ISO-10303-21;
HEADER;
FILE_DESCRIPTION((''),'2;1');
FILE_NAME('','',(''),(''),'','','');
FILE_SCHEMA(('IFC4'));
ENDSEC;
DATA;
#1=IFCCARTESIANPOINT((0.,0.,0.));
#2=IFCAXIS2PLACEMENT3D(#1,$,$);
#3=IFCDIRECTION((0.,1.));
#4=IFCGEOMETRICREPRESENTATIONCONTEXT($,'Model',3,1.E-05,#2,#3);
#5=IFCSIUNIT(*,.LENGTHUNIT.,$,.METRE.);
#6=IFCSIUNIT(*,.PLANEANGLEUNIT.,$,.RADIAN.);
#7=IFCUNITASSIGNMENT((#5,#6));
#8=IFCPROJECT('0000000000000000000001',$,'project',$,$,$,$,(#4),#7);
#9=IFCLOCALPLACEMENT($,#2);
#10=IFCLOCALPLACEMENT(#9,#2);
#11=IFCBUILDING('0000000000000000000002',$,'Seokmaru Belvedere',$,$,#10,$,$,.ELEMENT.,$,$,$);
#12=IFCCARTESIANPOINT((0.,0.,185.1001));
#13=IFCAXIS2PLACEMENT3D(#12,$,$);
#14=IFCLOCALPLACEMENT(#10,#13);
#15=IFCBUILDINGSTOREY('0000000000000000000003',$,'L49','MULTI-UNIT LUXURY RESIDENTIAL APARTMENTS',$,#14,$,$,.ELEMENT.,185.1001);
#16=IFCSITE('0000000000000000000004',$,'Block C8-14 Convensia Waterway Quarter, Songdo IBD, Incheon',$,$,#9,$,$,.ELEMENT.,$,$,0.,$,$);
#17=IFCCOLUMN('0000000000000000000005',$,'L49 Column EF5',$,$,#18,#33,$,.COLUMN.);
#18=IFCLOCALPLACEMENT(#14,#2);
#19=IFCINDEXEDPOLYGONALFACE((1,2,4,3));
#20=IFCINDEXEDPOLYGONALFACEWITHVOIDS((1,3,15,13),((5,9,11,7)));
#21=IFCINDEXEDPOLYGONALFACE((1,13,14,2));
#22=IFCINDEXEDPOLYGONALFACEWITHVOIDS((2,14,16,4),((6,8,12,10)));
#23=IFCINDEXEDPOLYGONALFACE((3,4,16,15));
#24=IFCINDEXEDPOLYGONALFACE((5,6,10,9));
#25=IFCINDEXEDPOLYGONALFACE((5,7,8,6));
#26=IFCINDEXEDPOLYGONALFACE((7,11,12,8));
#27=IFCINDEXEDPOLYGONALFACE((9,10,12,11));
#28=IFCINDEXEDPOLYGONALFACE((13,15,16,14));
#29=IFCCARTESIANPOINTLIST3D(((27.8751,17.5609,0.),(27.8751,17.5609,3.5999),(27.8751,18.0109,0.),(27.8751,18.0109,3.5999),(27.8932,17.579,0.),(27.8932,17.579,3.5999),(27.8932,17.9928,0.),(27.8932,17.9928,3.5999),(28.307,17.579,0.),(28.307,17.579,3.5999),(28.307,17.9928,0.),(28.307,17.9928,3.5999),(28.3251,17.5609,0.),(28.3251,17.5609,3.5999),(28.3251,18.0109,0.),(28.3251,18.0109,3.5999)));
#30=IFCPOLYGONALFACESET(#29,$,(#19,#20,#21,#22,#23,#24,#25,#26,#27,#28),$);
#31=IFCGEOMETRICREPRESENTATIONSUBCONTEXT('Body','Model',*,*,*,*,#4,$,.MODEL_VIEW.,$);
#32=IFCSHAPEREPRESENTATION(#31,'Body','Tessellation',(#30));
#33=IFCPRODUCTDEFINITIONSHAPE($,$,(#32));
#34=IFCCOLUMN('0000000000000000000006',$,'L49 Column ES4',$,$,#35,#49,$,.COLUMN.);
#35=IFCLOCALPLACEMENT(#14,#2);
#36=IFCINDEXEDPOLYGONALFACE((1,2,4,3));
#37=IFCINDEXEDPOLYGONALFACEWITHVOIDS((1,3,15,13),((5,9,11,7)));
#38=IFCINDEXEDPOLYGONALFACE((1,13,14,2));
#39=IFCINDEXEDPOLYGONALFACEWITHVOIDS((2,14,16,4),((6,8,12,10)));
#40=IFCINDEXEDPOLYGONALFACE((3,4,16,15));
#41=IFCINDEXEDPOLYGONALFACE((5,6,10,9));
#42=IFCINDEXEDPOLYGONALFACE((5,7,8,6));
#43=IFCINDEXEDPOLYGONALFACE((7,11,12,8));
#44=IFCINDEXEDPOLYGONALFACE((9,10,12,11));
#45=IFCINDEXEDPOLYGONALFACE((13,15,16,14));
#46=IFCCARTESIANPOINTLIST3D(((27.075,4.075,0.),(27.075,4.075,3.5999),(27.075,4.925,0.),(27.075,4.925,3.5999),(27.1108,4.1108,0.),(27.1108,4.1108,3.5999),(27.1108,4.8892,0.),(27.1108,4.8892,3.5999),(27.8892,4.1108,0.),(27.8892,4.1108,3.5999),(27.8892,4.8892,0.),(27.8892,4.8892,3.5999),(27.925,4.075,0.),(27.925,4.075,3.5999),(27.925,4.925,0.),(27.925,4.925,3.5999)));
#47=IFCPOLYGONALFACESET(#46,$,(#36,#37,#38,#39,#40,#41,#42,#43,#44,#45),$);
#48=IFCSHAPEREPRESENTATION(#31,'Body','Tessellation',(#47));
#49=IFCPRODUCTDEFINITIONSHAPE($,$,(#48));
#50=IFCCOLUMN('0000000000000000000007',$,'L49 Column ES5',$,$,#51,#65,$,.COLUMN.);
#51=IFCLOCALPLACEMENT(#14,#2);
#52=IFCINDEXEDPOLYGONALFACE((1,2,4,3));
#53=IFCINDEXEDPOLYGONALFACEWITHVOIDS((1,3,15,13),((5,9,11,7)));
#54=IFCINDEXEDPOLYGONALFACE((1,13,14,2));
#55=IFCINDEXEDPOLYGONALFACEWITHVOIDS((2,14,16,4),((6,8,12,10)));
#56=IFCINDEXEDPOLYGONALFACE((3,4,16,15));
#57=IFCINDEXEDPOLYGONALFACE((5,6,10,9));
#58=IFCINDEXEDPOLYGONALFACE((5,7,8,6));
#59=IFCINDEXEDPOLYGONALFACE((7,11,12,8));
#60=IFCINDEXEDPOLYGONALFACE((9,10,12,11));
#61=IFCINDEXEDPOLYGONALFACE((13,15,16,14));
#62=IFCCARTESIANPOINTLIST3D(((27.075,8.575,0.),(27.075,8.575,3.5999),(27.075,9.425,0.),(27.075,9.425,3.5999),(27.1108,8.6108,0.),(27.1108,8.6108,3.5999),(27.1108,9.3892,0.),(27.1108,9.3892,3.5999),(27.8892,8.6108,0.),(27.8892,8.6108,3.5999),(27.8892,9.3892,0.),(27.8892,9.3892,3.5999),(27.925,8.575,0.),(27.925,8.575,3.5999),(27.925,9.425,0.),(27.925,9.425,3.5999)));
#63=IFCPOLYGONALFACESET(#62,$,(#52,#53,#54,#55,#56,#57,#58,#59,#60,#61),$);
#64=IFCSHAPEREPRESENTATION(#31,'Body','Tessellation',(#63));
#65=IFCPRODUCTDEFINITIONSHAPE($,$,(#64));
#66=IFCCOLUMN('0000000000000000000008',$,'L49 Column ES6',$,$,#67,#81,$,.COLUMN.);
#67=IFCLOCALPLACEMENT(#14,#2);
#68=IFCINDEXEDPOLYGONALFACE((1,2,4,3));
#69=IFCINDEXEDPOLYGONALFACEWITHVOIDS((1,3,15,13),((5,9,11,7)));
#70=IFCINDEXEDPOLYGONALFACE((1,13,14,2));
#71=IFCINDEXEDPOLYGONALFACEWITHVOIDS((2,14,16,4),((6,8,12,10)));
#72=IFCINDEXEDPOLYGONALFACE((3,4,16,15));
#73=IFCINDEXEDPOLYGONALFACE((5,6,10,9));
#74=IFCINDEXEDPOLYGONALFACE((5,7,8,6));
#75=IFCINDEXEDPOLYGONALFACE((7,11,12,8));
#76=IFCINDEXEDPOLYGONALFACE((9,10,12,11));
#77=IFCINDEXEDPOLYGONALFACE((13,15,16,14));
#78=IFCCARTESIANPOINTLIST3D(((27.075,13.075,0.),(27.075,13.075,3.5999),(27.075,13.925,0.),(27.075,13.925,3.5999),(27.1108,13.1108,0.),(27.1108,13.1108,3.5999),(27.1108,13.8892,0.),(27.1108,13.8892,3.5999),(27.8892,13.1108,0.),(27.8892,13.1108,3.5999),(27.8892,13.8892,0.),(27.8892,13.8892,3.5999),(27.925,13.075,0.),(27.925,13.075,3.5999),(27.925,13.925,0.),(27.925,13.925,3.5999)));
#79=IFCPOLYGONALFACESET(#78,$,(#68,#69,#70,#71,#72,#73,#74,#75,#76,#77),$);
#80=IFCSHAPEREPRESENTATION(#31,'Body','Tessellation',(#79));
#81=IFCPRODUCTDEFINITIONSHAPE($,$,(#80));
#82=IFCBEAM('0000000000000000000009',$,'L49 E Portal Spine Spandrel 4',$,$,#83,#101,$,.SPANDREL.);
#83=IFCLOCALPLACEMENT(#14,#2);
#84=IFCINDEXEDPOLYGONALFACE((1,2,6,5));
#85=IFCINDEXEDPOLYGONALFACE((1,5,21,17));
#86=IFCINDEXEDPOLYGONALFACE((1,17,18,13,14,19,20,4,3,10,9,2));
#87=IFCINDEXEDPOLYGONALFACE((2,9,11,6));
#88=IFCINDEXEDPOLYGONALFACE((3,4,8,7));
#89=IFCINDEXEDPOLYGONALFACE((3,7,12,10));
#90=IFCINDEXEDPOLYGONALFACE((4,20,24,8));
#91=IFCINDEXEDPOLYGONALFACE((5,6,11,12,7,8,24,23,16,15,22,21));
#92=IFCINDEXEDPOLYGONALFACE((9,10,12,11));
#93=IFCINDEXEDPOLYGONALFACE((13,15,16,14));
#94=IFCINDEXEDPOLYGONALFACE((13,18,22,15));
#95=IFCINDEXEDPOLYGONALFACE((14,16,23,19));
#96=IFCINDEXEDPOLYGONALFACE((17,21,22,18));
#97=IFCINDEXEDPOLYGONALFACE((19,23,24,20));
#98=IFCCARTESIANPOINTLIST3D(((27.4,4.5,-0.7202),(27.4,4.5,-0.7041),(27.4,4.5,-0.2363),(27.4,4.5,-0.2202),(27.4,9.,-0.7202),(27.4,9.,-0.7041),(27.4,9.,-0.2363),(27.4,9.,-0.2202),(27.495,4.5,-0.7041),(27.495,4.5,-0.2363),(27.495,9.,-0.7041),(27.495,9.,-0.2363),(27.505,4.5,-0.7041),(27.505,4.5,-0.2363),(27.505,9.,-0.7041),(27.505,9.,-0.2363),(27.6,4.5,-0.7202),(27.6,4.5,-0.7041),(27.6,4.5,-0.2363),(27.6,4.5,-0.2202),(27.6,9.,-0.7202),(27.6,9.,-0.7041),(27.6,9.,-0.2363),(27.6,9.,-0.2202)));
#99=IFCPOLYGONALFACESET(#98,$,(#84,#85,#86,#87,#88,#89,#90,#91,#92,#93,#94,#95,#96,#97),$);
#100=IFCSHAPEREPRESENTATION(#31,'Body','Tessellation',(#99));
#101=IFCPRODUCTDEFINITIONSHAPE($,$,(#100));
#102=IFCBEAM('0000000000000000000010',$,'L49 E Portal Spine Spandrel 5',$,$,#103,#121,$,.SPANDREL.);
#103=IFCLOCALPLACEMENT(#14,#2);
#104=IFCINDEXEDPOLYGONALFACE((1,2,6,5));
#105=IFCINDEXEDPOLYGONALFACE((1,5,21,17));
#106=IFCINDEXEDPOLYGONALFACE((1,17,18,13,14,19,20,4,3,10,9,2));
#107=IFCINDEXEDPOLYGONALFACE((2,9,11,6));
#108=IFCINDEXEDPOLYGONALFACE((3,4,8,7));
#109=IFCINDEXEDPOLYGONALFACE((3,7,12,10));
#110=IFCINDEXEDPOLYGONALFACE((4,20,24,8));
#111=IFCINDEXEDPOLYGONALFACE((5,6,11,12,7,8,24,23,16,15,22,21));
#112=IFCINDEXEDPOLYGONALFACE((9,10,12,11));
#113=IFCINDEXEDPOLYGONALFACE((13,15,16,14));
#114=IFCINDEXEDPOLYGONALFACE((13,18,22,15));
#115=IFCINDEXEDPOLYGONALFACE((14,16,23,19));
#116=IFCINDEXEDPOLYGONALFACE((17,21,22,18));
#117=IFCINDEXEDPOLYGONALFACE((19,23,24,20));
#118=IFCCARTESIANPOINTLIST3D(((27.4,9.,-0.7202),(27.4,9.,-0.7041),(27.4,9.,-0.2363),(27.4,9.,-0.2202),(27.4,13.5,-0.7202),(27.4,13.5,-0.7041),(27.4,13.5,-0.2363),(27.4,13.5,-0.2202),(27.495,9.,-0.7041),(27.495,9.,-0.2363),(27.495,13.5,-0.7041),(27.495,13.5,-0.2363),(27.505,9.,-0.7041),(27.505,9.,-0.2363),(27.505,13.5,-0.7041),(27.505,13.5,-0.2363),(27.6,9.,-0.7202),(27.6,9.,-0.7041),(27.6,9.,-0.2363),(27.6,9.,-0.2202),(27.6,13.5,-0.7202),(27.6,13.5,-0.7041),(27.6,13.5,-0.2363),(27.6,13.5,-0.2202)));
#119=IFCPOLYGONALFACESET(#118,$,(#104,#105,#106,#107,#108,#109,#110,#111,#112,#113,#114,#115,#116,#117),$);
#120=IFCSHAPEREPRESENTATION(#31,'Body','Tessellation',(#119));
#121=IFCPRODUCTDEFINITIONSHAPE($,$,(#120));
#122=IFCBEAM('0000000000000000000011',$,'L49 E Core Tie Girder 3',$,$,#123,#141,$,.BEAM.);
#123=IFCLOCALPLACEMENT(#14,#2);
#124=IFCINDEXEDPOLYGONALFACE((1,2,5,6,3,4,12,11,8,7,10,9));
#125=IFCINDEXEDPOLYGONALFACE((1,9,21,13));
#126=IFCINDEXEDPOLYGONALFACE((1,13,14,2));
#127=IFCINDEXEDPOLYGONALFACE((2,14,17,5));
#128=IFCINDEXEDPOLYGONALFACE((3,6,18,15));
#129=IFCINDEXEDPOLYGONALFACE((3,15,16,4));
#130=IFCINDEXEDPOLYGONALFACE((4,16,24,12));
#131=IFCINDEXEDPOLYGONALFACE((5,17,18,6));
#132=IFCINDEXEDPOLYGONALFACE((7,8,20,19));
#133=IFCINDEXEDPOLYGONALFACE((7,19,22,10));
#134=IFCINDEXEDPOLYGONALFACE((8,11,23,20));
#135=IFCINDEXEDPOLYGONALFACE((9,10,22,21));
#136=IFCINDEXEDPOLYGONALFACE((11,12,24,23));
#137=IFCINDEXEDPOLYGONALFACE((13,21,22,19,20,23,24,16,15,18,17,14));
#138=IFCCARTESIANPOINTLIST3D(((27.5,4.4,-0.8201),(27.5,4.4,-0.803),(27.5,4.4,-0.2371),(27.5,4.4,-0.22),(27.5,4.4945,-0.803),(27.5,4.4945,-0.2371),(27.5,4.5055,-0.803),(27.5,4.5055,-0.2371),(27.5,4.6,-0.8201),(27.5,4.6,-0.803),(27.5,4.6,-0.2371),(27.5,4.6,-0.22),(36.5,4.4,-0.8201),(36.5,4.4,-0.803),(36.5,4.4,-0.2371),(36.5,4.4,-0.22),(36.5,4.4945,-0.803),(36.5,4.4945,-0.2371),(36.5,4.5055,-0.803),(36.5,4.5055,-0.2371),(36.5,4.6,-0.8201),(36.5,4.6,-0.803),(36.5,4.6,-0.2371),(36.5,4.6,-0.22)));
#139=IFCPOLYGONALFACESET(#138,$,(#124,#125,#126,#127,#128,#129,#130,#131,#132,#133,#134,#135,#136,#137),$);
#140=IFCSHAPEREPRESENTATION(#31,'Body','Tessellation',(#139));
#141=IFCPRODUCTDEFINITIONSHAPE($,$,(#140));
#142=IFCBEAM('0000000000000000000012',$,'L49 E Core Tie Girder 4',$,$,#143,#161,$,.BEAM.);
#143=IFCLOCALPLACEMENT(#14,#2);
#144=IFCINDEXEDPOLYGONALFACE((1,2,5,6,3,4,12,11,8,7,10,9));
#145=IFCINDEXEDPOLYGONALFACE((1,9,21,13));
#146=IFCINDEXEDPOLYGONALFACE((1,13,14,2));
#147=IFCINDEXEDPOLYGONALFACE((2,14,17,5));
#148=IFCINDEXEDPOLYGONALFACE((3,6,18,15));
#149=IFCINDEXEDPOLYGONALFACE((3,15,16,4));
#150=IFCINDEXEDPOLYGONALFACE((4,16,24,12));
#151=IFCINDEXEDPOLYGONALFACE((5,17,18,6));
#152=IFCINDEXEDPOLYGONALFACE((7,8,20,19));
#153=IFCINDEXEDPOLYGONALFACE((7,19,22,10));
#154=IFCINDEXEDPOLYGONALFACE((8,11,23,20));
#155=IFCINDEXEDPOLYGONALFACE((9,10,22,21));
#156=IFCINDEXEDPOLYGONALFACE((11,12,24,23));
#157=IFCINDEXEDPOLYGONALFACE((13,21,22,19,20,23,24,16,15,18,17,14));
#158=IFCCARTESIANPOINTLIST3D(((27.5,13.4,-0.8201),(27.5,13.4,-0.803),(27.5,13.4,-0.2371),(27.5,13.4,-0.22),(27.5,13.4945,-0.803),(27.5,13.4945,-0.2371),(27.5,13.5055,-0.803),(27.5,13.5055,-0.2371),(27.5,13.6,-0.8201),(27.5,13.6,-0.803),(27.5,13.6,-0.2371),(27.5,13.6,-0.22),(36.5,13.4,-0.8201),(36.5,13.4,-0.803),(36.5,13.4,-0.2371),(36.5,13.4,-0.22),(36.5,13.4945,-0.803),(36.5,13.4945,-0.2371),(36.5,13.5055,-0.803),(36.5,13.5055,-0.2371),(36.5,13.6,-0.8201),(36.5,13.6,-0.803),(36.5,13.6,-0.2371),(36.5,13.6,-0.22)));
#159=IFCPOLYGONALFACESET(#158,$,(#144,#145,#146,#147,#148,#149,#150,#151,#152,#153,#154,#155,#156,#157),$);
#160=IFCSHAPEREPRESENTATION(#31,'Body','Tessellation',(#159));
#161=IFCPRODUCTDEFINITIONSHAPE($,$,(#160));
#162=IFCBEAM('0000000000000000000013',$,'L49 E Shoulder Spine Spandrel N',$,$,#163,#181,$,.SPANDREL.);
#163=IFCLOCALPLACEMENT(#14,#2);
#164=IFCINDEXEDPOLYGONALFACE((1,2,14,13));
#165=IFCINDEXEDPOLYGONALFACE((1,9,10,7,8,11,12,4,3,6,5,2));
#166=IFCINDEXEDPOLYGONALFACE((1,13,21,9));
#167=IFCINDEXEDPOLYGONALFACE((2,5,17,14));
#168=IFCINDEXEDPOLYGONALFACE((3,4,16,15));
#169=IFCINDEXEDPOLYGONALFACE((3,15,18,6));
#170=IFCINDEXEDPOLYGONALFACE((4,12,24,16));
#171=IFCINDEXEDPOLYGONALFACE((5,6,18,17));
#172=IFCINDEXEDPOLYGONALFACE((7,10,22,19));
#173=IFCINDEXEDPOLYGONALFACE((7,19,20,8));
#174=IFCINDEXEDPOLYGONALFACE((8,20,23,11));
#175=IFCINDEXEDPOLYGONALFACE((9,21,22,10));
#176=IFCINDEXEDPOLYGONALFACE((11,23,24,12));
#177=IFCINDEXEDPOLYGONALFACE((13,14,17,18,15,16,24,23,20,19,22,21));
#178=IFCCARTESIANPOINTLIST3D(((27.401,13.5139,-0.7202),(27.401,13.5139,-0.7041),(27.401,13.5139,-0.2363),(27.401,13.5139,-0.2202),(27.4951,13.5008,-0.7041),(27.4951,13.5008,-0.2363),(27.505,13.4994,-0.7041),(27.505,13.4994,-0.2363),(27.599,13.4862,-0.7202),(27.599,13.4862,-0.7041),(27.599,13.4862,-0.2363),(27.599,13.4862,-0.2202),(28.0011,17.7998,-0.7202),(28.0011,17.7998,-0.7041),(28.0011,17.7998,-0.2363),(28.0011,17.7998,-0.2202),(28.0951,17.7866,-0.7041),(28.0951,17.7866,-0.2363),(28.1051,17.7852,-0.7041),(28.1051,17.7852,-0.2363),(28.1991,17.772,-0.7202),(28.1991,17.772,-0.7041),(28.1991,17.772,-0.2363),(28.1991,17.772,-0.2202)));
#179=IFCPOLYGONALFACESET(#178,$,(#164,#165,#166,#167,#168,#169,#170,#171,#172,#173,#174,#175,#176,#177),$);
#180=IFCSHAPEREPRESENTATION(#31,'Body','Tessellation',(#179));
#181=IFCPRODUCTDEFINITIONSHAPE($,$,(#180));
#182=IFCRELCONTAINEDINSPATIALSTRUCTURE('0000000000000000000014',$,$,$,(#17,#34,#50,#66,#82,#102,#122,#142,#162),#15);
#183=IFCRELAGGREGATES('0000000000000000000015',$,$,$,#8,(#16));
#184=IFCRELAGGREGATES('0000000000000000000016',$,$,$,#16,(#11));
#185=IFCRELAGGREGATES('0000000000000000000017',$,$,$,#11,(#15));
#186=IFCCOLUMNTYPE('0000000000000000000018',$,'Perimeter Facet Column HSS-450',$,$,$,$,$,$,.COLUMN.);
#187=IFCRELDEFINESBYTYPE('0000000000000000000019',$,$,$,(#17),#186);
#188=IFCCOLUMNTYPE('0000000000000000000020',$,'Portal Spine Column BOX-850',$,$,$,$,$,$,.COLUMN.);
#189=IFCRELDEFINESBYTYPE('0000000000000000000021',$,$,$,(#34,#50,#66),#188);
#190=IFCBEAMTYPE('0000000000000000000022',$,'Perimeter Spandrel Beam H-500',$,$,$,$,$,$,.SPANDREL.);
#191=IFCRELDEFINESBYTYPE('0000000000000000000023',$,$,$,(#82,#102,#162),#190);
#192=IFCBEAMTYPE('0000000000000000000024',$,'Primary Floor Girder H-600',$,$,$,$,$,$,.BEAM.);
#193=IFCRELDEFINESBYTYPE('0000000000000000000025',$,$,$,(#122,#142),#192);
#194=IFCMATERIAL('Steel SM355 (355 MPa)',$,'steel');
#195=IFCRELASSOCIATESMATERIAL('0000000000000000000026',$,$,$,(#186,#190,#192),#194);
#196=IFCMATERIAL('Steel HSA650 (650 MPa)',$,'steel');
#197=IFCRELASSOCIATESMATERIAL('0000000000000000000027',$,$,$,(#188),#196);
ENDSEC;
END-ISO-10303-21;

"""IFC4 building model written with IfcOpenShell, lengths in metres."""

from ifc_helpers import new_model, si_unit, direction, frame, origin, origin_2d, place, context, subcontext, project, spatial, hollow_rectangle, i_section, extrude, source, transform, mapped, material, material_profile, profile_set, type_object, type_shapes, element, save


model = new_model("IFC4")

# Units and contexts
model_context = context("Model", 3, precision=1e-05, world=origin(), true_north=direction((0.0, 1.0)))
body_context = subcontext(model_context, "Body", "Model", "MODEL_VIEW")
ifc_project = project(units=[si_unit("LENGTHUNIT", "METRE"), si_unit("PLANEANGLEUNIT", "RADIAN")], contexts=[model_context])

# Site, building, storey
site_placement = place(None, origin())
site = spatial("IfcSite", under=ifc_project, at=site_placement, Name="Block C8-14 Convensia Waterway Quarter, Songdo IBD, Incheon", CompositionType="ELEMENT", RefElevation=0.0)
building_placement = place(site_placement, origin())
building = spatial("IfcBuilding", under=site, at=building_placement, Name="Seokmaru Belvedere", CompositionType="ELEMENT")
storey_placement = place(building_placement, frame((0.0, 0.0, 185.1001)))
storey = spatial("IfcBuildingStorey", under=building, at=storey_placement, Name="L49", Description="MULTI-UNIT LUXURY RESIDENTIAL APARTMENTS", CompositionType="ELEMENT", Elevation=185.1001)

# Columns
ifc_material_1 = material(Name="Steel SM355 (355 MPa)", Category="steel")
ifc_material_profile_1 = material_profile(ifc_material_1, hollow_rectangle(XDim=0.45, YDim=0.45, WallThickness=0.0181, at=origin_2d()), Name="HSS-450x450x18")
ifc_profile_set_1 = profile_set([ifc_material_profile_1], Name="Steel SM355 (355 MPa)")
column_type_1 = type_object("IfcColumnType", Name="Perimeter Facet Column HSS-450", PredefinedType="COLUMN", material=ifc_profile_set_1)
shared_shape_1 = source(origin(), body_context, "Body", "SweptSolid", [
    extrude(hollow_rectangle(XDim=0.45, YDim=0.45, WallThickness=0.0181, at=origin_2d()), origin(), (0.0, 0.0, 1.0), 3.5999),
])
type_shapes(column_type_1, [shared_shape_1])
column_placement = place(storey_placement, frame((28.1001, 17.7859, 0.0), z_axis=(0.0, 0.0, 1.0), x_axis=(1.0, 0.0, 0.0)))
element("IfcColumn", 1, at=column_placement, inside=storey, type_object=column_type_1, Name="L49 Column EF5", PredefinedType="COLUMN", context=body_context, shape_type="MappedRepresentation", body=[
    mapped(shared_shape_1, transform((0.0, 0.0, 0.0), scale=1.0)),
])
ifc_material_2 = material(Name="Steel HSA650 (650 MPa)", Category="steel")
ifc_material_profile_2 = material_profile(ifc_material_2, hollow_rectangle(XDim=0.8501, YDim=0.8501, WallThickness=0.0359, at=origin_2d()), Name="BOX-850x850x36")
ifc_profile_set_2 = profile_set([ifc_material_profile_2], Name="Steel HSA650 (650 MPa)")
column_type_2 = type_object("IfcColumnType", Name="Portal Spine Column BOX-850", PredefinedType="COLUMN", material=ifc_profile_set_2)
shared_shape_2 = source(origin(), body_context, "Body", "SweptSolid", [
    extrude(hollow_rectangle(XDim=0.8501, YDim=0.8501, WallThickness=0.0359, at=origin_2d()), origin(), (0.0, 0.0, 1.0), 3.5999),
])
type_shapes(column_type_2, [shared_shape_2])
for number, where, z_axis, x_axis, name in (
    (2, (27.5, 4.5, 0.0), (0.0, 0.0, 1.0), (1.0, 0.0, 0.0), "L49 Column ES4"),
    (3, (27.5, 9.0, 0.0), (0.0, 0.0, 1.0), (1.0, 0.0, 0.0), "L49 Column ES5"),
    (4, (27.5, 13.5, 0.0), (0.0, 0.0, 1.0), (1.0, 0.0, 0.0), "L49 Column ES6"),
):
    element("IfcColumn", number, at=place(storey_placement, frame(where, z_axis=z_axis, x_axis=x_axis)), inside=storey, type_object=column_type_2, Name=name, PredefinedType="COLUMN", context=body_context, shape_type="MappedRepresentation", body=[
        mapped(shared_shape_2, transform((0.0, 0.0, 0.0), scale=1.0)),
    ])

# Beams
ifc_material_profile_3 = material_profile(ifc_material_1, i_section(OverallWidth=0.2, OverallDepth=0.5, WebThickness=0.01, FlangeThickness=0.0161, at=origin_2d()), Name="H-500x200x10x16")
ifc_profile_set_3 = profile_set([ifc_material_profile_3], Name="Steel SM355 (355 MPa)")
beam_type_1 = type_object("IfcBeamType", Name="Perimeter Spandrel Beam H-500", PredefinedType="SPANDREL", material=ifc_profile_set_3)
shared_shape_3 = source(origin(), body_context, "Body", "SweptSolid", [
    extrude(i_section(OverallWidth=0.2, OverallDepth=0.5, WebThickness=0.01, FlangeThickness=0.0161, at=origin_2d()), origin(), (0.0, 0.0, 1.0), 4.5),
])
for number, where, z_axis, x_axis, name in (
    (5, (27.5, 4.5, -0.4702), (0.0, 1.0, 0.0), (-1.0, 0.0, 0.0), "L49 E Portal Spine Spandrel 4"),
    (6, (27.5, 9.0, -0.4702), (0.0, 1.0, 0.0), (-1.0, 0.0, 0.0), "L49 E Portal Spine Spandrel 5"),
):
    element("IfcBeam", number, at=place(storey_placement, frame(where, z_axis=z_axis, x_axis=x_axis)), inside=storey, type_object=beam_type_1, Name=name, PredefinedType="SPANDREL", context=body_context, shape_type="MappedRepresentation", body=[
        mapped(shared_shape_3, transform((0.0, 0.0, 0.0), scale=1.0)),
    ])
ifc_material_profile_4 = material_profile(ifc_material_1, i_section(OverallWidth=0.2, OverallDepth=0.6001, WebThickness=0.011, FlangeThickness=0.0171, at=origin_2d()), Name="H-600x200x11x17")
ifc_profile_set_4 = profile_set([ifc_material_profile_4], Name="Steel SM355 (355 MPa)")
beam_type_2 = type_object("IfcBeamType", Name="Primary Floor Girder H-600", PredefinedType="BEAM", material=ifc_profile_set_4)
shared_shape_4 = source(origin(), body_context, "Body", "SweptSolid", [
    extrude(i_section(OverallWidth=0.2, OverallDepth=0.6001, WebThickness=0.011, FlangeThickness=0.0171, at=origin_2d()), origin(), (0.0, 0.0, 1.0), 9.0),
])
type_shapes(beam_type_2, [shared_shape_4])
for number, where, z_axis, x_axis, name in (
    (7, (27.5, 4.5, -0.52), (1.0, 0.0, 0.0), (0.0, 1.0, 0.0), "L49 E Core Tie Girder 3"),
    (8, (27.5, 13.5, -0.52), (1.0, 0.0, 0.0), (0.0, 1.0, 0.0), "L49 E Core Tie Girder 4"),
):
    element("IfcBeam", number, at=place(storey_placement, frame(where, z_axis=z_axis, x_axis=x_axis)), inside=storey, type_object=beam_type_2, Name=name, PredefinedType="BEAM", context=body_context, shape_type="MappedRepresentation", body=[
        mapped(shared_shape_4, transform((0.0, 0.0, 0.0), scale=1.0)),
    ])
shared_shape_5 = source(origin(), body_context, "Body", "SweptSolid", [
    extrude(i_section(OverallWidth=0.2, OverallDepth=0.5, WebThickness=0.01, FlangeThickness=0.0161, at=origin_2d()), origin(), (0.0, 0.0, 1.0), 4.3276),
])
type_shapes(beam_type_1, [shared_shape_3, shared_shape_5])
beam_placement = place(storey_placement, frame((28.1001, 17.7859, -0.4702), z_axis=(-0.138664, -0.990339, 0.0), x_axis=(0.990339, -0.138664, 0.0)))
element("IfcBeam", 9, at=beam_placement, inside=storey, type_object=beam_type_1, Name="L49 E Shoulder Spine Spandrel N", PredefinedType="SPANDREL", context=body_context, shape_type="MappedRepresentation", body=[
    mapped(shared_shape_5, transform((0.0, 0.0, 0.0), scale=1.0)),
])

save(model, "model.ifc")
